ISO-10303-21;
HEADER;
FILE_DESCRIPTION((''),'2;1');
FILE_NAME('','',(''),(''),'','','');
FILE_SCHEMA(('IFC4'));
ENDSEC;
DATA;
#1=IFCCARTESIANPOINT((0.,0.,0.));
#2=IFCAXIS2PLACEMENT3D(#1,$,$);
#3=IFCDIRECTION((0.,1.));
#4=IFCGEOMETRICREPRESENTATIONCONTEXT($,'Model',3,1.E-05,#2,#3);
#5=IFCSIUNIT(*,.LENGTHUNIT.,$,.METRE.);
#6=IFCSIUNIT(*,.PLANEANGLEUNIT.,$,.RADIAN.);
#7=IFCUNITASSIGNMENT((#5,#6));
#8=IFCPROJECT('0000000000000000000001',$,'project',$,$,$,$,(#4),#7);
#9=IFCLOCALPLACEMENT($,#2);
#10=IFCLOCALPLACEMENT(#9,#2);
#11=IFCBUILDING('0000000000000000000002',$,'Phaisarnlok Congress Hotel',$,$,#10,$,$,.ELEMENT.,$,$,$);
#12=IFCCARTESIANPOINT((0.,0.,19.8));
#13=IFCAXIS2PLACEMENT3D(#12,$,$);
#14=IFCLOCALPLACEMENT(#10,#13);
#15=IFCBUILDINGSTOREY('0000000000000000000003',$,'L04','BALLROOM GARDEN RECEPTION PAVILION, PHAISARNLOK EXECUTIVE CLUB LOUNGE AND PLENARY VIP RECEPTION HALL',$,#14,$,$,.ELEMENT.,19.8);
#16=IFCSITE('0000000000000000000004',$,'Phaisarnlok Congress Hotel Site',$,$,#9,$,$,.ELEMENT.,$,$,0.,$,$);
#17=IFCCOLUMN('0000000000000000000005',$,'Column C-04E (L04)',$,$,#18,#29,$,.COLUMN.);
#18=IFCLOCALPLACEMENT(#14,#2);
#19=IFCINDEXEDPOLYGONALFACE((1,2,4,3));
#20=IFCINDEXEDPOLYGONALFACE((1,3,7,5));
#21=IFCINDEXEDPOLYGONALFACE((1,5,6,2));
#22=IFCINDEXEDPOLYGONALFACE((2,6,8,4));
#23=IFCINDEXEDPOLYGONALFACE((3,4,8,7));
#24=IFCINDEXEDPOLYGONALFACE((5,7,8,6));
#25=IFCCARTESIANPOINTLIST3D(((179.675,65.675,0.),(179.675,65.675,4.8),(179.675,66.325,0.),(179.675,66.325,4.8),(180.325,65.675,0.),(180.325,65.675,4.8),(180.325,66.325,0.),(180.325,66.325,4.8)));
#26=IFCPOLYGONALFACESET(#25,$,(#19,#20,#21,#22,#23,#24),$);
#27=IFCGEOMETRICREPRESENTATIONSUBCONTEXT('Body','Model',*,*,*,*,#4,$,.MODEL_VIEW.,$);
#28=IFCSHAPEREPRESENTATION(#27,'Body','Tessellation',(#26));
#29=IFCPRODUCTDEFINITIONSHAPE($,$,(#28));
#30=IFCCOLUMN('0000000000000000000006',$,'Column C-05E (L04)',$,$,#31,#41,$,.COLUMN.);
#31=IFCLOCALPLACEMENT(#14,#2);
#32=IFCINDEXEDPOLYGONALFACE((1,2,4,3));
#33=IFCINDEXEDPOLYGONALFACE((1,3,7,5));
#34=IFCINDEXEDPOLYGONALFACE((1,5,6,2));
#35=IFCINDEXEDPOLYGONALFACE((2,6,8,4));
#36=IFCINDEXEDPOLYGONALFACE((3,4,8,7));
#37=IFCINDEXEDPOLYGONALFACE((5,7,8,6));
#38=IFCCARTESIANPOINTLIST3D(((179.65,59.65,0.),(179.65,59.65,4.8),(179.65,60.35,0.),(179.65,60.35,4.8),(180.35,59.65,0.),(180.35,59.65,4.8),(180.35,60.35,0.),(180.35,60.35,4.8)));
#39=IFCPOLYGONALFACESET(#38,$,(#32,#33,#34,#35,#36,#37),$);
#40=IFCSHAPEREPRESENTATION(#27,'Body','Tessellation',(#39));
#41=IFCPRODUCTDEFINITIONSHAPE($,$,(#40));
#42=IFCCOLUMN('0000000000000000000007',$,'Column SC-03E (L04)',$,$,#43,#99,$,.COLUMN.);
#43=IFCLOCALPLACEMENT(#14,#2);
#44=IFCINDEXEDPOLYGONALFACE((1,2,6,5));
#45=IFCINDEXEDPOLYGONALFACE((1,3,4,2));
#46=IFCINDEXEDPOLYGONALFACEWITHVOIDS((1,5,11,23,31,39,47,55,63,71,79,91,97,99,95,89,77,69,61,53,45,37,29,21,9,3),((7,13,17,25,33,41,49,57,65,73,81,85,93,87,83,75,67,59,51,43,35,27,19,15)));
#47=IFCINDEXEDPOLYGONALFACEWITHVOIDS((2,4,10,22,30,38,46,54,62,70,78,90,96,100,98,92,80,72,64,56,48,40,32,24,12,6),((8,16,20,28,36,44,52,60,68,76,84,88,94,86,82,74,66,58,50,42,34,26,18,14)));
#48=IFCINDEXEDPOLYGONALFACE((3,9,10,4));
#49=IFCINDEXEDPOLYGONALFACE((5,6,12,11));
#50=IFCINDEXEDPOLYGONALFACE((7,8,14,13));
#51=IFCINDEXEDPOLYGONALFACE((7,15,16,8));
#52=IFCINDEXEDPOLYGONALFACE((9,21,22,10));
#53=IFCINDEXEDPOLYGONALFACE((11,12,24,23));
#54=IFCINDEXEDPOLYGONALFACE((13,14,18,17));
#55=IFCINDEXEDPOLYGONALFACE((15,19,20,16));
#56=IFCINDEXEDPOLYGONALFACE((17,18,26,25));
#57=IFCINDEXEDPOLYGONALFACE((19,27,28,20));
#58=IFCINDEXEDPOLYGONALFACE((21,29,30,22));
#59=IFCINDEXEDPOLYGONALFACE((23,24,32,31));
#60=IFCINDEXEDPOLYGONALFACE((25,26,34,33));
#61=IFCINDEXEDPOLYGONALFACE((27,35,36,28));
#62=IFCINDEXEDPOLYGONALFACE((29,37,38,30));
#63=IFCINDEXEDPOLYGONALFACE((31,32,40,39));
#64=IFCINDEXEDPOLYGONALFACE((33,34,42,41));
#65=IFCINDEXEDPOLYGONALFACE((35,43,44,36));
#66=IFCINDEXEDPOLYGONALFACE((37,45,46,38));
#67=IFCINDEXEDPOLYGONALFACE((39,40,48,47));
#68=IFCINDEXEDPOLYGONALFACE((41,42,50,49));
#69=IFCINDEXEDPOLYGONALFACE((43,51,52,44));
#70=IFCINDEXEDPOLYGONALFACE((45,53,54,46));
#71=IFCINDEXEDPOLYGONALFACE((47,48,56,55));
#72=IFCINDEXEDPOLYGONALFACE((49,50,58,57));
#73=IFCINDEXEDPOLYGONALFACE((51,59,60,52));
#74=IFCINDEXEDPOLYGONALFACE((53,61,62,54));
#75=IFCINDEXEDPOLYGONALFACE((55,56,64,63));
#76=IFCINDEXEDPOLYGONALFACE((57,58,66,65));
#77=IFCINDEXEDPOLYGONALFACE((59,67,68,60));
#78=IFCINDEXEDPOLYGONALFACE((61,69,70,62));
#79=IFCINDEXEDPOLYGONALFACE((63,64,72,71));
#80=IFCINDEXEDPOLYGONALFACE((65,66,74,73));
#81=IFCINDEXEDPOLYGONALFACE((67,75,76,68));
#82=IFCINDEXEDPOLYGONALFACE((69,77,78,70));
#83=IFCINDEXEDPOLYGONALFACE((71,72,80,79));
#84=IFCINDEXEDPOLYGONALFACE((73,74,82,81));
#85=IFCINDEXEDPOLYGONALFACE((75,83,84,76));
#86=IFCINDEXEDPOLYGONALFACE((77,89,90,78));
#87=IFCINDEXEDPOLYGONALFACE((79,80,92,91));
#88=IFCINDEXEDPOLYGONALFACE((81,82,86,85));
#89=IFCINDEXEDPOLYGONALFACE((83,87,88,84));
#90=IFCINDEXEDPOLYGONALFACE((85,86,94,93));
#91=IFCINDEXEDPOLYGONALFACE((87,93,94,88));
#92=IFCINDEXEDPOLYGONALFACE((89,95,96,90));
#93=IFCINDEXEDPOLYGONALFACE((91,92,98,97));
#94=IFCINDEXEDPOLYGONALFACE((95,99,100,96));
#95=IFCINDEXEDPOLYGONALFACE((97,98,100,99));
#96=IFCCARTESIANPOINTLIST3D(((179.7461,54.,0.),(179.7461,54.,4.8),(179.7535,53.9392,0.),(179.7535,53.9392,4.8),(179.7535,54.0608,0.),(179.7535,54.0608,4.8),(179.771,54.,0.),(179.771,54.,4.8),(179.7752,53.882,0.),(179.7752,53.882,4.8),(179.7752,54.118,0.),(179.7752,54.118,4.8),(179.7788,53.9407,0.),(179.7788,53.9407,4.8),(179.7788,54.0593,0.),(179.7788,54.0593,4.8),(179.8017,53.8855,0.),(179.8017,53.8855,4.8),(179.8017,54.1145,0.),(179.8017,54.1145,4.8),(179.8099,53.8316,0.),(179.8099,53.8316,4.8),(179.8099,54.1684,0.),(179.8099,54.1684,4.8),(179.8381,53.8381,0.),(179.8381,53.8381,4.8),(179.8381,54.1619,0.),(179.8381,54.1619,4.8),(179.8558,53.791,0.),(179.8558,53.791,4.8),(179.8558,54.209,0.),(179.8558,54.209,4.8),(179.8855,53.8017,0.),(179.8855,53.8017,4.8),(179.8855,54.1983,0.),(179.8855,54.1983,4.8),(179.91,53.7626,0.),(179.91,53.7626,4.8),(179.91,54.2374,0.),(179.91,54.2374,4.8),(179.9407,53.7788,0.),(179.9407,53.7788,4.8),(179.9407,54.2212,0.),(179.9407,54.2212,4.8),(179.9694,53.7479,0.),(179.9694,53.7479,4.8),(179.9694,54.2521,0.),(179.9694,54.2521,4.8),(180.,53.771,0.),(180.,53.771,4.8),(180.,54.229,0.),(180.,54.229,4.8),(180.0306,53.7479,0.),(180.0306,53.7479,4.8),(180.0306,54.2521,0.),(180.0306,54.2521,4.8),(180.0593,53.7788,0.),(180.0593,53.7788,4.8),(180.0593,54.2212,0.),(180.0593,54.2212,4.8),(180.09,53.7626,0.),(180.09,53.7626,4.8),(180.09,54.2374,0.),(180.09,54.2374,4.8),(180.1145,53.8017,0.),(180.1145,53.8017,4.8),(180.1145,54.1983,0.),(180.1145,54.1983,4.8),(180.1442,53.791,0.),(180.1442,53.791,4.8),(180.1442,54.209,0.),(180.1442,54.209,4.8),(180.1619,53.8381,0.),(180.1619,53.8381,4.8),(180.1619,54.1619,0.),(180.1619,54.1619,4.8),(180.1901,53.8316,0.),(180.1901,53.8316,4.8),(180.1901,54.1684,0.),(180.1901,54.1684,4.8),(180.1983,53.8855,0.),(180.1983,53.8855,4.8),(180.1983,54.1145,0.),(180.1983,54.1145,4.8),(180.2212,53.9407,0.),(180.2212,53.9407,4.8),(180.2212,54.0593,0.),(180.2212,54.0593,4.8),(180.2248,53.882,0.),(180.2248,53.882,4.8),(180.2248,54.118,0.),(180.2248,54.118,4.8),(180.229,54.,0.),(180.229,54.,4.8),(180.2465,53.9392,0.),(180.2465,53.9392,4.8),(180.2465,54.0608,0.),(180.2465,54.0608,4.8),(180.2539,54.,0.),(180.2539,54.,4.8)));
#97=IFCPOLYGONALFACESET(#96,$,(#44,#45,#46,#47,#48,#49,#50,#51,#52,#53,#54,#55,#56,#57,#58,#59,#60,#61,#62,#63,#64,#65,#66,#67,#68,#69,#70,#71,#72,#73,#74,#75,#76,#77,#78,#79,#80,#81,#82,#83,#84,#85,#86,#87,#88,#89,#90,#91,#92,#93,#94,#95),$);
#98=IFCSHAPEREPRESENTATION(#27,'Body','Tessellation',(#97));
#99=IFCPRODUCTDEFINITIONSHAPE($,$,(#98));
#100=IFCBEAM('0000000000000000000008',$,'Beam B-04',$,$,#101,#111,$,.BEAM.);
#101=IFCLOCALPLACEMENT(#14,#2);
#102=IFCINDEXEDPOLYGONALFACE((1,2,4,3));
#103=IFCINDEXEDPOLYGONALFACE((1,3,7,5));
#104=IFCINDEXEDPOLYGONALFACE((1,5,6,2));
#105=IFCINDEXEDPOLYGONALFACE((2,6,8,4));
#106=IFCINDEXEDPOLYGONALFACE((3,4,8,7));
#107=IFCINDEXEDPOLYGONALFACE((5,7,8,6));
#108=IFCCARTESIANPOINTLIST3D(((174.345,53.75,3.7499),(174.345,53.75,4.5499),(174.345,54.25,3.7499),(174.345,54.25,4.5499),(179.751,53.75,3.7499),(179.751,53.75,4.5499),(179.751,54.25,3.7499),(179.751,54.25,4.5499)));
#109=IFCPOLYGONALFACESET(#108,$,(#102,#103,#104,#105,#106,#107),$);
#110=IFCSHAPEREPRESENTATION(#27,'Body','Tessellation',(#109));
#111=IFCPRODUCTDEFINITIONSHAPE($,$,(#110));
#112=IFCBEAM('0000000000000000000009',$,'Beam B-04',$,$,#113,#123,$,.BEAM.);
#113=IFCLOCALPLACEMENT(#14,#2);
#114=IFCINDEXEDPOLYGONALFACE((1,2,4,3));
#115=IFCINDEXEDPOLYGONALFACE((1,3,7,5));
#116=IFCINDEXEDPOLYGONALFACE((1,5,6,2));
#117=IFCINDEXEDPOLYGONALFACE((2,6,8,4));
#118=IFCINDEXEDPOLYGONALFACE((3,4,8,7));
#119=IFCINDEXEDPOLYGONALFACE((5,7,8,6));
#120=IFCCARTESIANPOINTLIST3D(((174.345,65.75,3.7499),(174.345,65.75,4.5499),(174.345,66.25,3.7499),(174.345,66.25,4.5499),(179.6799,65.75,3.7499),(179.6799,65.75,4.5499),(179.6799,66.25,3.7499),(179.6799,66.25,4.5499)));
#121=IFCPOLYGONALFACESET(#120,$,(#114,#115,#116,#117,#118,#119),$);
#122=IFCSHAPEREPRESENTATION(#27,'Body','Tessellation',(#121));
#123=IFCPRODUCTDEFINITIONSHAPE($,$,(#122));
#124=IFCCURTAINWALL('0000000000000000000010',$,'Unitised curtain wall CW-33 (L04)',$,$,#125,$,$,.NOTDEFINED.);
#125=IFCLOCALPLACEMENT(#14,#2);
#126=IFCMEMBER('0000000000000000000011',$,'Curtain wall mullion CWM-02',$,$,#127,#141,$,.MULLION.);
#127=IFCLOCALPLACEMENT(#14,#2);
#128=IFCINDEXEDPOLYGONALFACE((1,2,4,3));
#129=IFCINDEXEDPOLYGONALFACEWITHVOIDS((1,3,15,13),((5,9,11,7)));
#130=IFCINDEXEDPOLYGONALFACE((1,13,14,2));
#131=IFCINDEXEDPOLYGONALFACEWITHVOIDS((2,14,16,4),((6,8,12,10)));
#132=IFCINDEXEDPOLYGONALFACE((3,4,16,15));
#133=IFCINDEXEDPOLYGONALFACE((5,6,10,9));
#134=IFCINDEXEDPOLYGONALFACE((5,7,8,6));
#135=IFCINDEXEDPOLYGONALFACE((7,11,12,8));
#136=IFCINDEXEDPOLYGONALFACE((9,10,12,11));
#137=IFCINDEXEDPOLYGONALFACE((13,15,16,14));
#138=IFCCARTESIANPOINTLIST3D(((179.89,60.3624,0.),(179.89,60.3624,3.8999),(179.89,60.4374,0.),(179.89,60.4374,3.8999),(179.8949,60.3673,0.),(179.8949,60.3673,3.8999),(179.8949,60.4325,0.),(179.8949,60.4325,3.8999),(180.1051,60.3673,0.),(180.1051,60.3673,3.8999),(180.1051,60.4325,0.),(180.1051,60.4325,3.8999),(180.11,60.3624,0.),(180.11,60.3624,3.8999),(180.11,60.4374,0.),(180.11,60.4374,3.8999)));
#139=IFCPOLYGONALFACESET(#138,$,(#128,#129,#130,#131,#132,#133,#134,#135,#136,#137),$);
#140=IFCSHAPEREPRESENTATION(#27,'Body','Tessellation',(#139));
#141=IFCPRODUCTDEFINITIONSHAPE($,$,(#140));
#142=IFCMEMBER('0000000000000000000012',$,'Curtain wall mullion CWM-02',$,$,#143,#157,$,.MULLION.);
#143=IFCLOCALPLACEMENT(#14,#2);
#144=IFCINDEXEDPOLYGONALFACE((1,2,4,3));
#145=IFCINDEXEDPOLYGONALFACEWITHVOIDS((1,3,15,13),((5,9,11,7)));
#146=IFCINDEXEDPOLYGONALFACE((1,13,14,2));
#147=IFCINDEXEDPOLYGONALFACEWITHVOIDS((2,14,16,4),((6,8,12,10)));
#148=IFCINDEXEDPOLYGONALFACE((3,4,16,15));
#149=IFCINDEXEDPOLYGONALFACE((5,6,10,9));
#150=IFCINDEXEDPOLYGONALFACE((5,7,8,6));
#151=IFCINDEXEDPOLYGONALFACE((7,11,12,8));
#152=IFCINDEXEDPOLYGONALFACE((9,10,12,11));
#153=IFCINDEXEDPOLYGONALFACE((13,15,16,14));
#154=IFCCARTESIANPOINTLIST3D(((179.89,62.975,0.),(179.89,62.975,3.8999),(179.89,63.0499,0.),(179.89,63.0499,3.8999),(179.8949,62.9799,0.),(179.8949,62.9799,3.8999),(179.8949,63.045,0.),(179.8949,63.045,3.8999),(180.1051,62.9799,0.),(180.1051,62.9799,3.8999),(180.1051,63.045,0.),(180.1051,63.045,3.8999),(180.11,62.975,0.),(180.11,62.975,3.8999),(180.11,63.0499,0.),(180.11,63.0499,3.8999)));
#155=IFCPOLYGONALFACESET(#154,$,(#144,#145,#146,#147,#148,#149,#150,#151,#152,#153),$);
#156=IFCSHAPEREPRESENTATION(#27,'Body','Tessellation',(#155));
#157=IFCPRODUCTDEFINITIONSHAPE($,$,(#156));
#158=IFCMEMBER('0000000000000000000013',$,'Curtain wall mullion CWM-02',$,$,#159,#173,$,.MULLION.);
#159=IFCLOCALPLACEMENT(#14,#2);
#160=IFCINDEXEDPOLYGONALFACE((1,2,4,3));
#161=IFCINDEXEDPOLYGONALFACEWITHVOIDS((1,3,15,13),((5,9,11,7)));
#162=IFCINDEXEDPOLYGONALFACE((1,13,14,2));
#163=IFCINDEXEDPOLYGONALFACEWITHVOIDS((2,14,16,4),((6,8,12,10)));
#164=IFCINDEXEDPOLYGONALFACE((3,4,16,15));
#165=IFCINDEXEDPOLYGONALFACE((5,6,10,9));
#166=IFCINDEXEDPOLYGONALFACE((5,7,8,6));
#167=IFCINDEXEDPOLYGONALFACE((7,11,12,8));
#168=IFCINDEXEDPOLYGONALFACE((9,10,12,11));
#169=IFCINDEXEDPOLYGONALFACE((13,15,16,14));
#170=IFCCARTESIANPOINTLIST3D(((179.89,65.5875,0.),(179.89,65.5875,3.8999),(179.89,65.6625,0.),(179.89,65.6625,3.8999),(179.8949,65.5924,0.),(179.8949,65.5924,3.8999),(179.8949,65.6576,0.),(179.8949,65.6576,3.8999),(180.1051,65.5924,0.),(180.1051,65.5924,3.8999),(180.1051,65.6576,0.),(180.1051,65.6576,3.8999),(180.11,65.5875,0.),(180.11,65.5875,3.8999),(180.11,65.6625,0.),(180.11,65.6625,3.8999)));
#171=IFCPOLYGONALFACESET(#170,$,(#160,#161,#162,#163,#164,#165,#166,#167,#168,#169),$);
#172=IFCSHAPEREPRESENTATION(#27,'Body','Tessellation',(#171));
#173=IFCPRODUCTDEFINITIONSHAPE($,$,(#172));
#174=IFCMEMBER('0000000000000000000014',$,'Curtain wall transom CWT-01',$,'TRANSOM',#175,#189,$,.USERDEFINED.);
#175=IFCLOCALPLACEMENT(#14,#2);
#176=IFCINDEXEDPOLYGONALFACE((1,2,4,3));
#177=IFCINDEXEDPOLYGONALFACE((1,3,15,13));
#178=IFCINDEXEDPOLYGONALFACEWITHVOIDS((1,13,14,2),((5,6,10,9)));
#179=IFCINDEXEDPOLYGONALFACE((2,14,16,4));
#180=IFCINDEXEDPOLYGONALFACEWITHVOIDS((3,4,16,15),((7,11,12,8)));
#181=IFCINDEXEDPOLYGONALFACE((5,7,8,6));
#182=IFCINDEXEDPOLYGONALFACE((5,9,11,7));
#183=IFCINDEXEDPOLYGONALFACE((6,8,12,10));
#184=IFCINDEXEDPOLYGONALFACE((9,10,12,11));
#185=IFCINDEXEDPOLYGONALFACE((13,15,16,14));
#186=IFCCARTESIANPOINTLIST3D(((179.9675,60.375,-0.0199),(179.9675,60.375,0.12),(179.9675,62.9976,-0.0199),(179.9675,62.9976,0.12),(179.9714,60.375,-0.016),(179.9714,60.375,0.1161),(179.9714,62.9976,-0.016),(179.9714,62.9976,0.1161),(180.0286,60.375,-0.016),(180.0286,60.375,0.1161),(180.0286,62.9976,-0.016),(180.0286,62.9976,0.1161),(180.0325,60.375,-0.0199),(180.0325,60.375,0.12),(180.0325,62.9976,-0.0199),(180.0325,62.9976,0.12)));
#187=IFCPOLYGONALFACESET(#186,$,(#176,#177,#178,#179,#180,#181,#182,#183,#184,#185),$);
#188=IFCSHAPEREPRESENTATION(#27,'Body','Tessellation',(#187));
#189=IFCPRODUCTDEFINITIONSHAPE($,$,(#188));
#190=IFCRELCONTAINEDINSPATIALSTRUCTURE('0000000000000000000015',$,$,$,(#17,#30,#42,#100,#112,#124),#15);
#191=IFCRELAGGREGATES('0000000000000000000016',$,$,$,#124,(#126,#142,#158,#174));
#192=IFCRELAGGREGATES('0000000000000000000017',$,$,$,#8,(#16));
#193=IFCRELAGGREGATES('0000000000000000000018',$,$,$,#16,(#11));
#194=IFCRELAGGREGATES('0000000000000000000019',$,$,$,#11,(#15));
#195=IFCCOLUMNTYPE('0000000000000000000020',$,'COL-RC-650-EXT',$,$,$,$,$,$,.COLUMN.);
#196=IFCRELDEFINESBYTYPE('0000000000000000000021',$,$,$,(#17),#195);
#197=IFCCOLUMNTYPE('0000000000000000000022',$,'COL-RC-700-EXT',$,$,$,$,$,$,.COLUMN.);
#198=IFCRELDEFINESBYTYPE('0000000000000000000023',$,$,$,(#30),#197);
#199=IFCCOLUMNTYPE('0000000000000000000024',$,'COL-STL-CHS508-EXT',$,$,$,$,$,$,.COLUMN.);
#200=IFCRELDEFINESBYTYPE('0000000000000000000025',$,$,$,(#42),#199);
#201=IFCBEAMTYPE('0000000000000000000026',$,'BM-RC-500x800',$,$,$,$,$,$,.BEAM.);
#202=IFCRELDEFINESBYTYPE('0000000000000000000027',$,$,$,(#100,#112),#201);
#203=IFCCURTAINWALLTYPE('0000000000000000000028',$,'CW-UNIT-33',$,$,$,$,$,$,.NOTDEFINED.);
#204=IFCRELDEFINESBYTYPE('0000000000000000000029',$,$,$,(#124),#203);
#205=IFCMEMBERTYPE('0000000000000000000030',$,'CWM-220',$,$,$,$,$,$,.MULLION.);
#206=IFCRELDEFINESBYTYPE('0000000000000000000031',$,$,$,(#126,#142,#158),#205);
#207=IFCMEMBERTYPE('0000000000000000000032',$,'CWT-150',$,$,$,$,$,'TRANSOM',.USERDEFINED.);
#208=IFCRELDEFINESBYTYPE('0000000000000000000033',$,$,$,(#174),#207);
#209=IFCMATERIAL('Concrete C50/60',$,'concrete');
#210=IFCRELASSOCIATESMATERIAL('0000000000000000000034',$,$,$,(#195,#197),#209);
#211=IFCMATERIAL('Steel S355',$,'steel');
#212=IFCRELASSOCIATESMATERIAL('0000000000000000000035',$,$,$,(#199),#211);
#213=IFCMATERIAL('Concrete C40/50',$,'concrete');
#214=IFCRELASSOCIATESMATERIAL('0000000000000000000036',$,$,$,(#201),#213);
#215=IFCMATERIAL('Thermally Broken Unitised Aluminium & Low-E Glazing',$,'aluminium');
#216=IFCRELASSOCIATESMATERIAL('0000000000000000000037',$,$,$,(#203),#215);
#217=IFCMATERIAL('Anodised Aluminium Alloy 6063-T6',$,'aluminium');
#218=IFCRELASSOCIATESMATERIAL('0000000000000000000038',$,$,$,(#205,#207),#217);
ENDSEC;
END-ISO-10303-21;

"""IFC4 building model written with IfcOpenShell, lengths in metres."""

from ifc_helpers import new_model, si_unit, direction, frame, origin, origin_2d, place, context, subcontext, project, spatial, rectangle, hollow_rectangle, hollow_circle, extrude, material, material_profile, profile_set, type_object, element, aggregate, save


model = new_model("IFC4")

# Units and contexts
model_context = context("Model", 3, precision=1e-05, world=origin(), true_north=direction((0.0, 1.0)))
body_context = subcontext(model_context, "Body", "Model", "MODEL_VIEW")
ifc_project = project(units=[si_unit("LENGTHUNIT", "METRE"), si_unit("PLANEANGLEUNIT", "RADIAN")], contexts=[model_context])

# Site, building, storey
site_placement = place(None, origin())
site = spatial("IfcSite", under=ifc_project, at=site_placement, Name="Phaisarnlok Congress Hotel Site", CompositionType="ELEMENT", RefElevation=0.0)
building_placement = place(site_placement, origin())
building = spatial("IfcBuilding", under=site, at=building_placement, Name="Phaisarnlok Congress Hotel", CompositionType="ELEMENT")
storey_placement = place(building_placement, frame((0.0, 0.0, 19.8)))
storey = spatial("IfcBuildingStorey", under=building, at=storey_placement, Name="L04", Description="BALLROOM GARDEN RECEPTION PAVILION, PHAISARNLOK EXECUTIVE CLUB LOUNGE AND PLENARY VIP RECEPTION HALL", CompositionType="ELEMENT", Elevation=19.8)

# Columns
ifc_material_1 = material(Name="Concrete C50/60", Category="concrete")
ifc_material_profile_1 = material_profile(ifc_material_1, rectangle(XDim=0.6499, YDim=0.6499, at=origin_2d()), Name="RC 650x650")
ifc_profile_set_1 = profile_set([ifc_material_profile_1], Name="Concrete C50/60")
column_type_1 = type_object("IfcColumnType", Name="COL-RC-650-EXT", PredefinedType="COLUMN", material=ifc_profile_set_1)
column_1_placement = place(storey_placement, frame((180.0, 66.0, 0.0), z_axis=(0.0, 0.0, 1.0), x_axis=(1.0, 0.0, 0.0)))
element("IfcColumn", 1, at=column_1_placement, inside=storey, type_object=column_type_1, Name="Column C-04E (L04)", PredefinedType="COLUMN", context=body_context, shape_type="SweptSolid", body=[
    extrude(rectangle(XDim=0.6499, YDim=0.6499, at=origin_2d()), origin(), (0.0, 0.0, 1.0), 4.8),
])
ifc_material_profile_2 = material_profile(ifc_material_1, rectangle(XDim=0.7, YDim=0.7, at=origin_2d()), Name="RC 700x700")
ifc_profile_set_2 = profile_set([ifc_material_profile_2], Name="Concrete C50/60")
column_type_2 = type_object("IfcColumnType", Name="COL-RC-700-EXT", PredefinedType="COLUMN", material=ifc_profile_set_2)
column_2_placement = place(storey_placement, frame((180.0, 60.0, 0.0), z_axis=(0.0, 0.0, 1.0), x_axis=(1.0, 0.0, 0.0)))
element("IfcColumn", 2, at=column_2_placement, inside=storey, type_object=column_type_2, Name="Column C-05E (L04)", PredefinedType="COLUMN", context=body_context, shape_type="SweptSolid", body=[
    extrude(rectangle(XDim=0.7, YDim=0.7, at=origin_2d()), origin(), (0.0, 0.0, 1.0), 4.8),
])
ifc_material_2 = material(Name="Steel S355", Category="steel")
ifc_material_profile_3 = material_profile(ifc_material_2, hollow_circle(Radius=0.2539, WallThickness=0.0249, at=origin_2d()), Name="CHS 508x25")
ifc_profile_set_3 = profile_set([ifc_material_profile_3], Name="Steel S355")
column_type_3 = type_object("IfcColumnType", Name="COL-STL-CHS508-EXT", PredefinedType="COLUMN", material=ifc_profile_set_3)
column_3_placement = place(storey_placement, frame((180.0, 54.0, 0.0), z_axis=(0.0, 0.0, 1.0), x_axis=(1.0, 0.0, 0.0)))
element("IfcColumn", 3, at=column_3_placement, inside=storey, type_object=column_type_3, Name="Column SC-03E (L04)", PredefinedType="COLUMN", context=body_context, shape_type="SweptSolid", body=[
    extrude(hollow_circle(Radius=0.2539, WallThickness=0.0249, at=origin_2d()), origin(), (0.0, 0.0, 1.0), 4.8),
])

# Beams
ifc_material_3 = material(Name="Concrete C40/50", Category="concrete")
ifc_material_profile_4 = material_profile(ifc_material_3, rectangle(XDim=0.5, YDim=0.8, at=origin_2d()), Name="RC 500x800")
ifc_profile_set_4 = profile_set([ifc_material_profile_4], Name="Concrete C40/50")
beam_type_1 = type_object("IfcBeamType", Name="BM-RC-500x800", PredefinedType="BEAM", material=ifc_profile_set_4)
beam_1_placement = place(storey_placement, frame((174.345, 54.0, 4.1499), z_axis=(1.0, 0.0, 0.0), x_axis=(0.0, 1.0, 0.0)))
element("IfcBeam", 4, at=beam_1_placement, inside=storey, type_object=beam_type_1, Name="Beam B-04", PredefinedType="BEAM", context=body_context, shape_type="SweptSolid", body=[
    extrude(rectangle(XDim=0.5, YDim=0.8, at=origin_2d()), origin(), (0.0, 0.0, 1.0), 5.406),
])
beam_2_placement = place(storey_placement, frame((174.345, 66.0, 4.1499), z_axis=(1.0, 0.0, 0.0), x_axis=(0.0, 1.0, 0.0)))
element("IfcBeam", 5, at=beam_2_placement, inside=storey, type_object=beam_type_1, Name="Beam B-04", PredefinedType="BEAM", context=body_context, shape_type="SweptSolid", body=[
    extrude(rectangle(XDim=0.5, YDim=0.8, at=origin_2d()), origin(), (0.0, 0.0, 1.0), 5.335),
])

# Curtain wall, members
ifc_material_4 = material(Name="Thermally Broken Unitised Aluminium & Low-E Glazing", Category="aluminium")
curtain_wall_type = type_object("IfcCurtainWallType", Name="CW-UNIT-33", PredefinedType="NOTDEFINED", material=ifc_material_4)
curtain_wall_placement = place(storey_placement, origin())
curtain_wall = element("IfcCurtainWall", 6, at=curtain_wall_placement, inside=storey, type_object=curtain_wall_type, Name="Unitised curtain wall CW-33 (L04)", PredefinedType="NOTDEFINED")
ifc_material_5 = material(Name="Anodised Aluminium Alloy 6063-T6", Category="aluminium")
ifc_material_profile_5 = material_profile(ifc_material_5, hollow_rectangle(XDim=0.075, YDim=0.22, WallThickness=0.0049, at=origin_2d()), Name="ALU-M 75x220x5")
ifc_profile_set_5 = profile_set([ifc_material_profile_5], Name="Anodised Aluminium Alloy 6063-T6")
member_type_1 = type_object("IfcMemberType", Name="CWM-220", PredefinedType="MULLION", material=ifc_profile_set_5)
member_1_placement = place(storey_placement, frame((180.0, 60.3999, 0.0), z_axis=(0.0, 0.0, 1.0), x_axis=(0.0, 1.0, 0.0)))
member_1 = element("IfcMember", 7, at=member_1_placement, type_object=member_type_1, Name="Curtain wall mullion CWM-02", PredefinedType="MULLION", context=body_context, shape_type="SweptSolid", body=[
    extrude(hollow_rectangle(XDim=0.075, YDim=0.22, WallThickness=0.0049, at=origin_2d()), origin(), (0.0, 0.0, 1.0), 3.8999),
])
member_2_placement = place(storey_placement, frame((180.0, 63.0125, 0.0), z_axis=(0.0, 0.0, 1.0), x_axis=(0.0, 1.0, 0.0)))
member_2 = element("IfcMember", 8, at=member_2_placement, type_object=member_type_1, Name="Curtain wall mullion CWM-02", PredefinedType="MULLION", context=body_context, shape_type="SweptSolid", body=[
    extrude(hollow_rectangle(XDim=0.075, YDim=0.22, WallThickness=0.0049, at=origin_2d()), origin(), (0.0, 0.0, 1.0), 3.8999),
])
member_3_placement = place(storey_placement, frame((180.0, 65.625, 0.0), z_axis=(0.0, 0.0, 1.0), x_axis=(0.0, 1.0, 0.0)))
member_3 = element("IfcMember", 9, at=member_3_placement, type_object=member_type_1, Name="Curtain wall mullion CWM-02", PredefinedType="MULLION", context=body_context, shape_type="SweptSolid", body=[
    extrude(hollow_rectangle(XDim=0.075, YDim=0.22, WallThickness=0.0049, at=origin_2d()), origin(), (0.0, 0.0, 1.0), 3.8999),
])
ifc_material_profile_6 = material_profile(ifc_material_5, hollow_rectangle(XDim=0.0649, YDim=0.1399, WallThickness=0.0039, at=origin_2d()), Name="ALU-T 65x140x4")
ifc_profile_set_6 = profile_set([ifc_material_profile_6], Name="Anodised Aluminium Alloy 6063-T6")
member_type_2 = type_object("IfcMemberType", Name="CWT-150", ElementType="TRANSOM", PredefinedType="USERDEFINED", material=ifc_profile_set_6)
member_4_placement = place(storey_placement, frame((180.0, 60.375, 0.05), z_axis=(0.0, 1.0, 0.0), x_axis=(-1.0, 0.0, 0.0)))
member_4 = element("IfcMember", 10, at=member_4_placement, type_object=member_type_2, Name="Curtain wall transom CWT-01", ObjectType="TRANSOM", PredefinedType="USERDEFINED", context=body_context, shape_type="SweptSolid", body=[
    extrude(hollow_rectangle(XDim=0.0649, YDim=0.1399, WallThickness=0.0039, at=origin_2d()), origin(), (0.0, 0.0, 1.0), 2.6226),
])

aggregate(curtain_wall, [member_1, member_2, member_3, member_4])

save(model, "model.ifc")
